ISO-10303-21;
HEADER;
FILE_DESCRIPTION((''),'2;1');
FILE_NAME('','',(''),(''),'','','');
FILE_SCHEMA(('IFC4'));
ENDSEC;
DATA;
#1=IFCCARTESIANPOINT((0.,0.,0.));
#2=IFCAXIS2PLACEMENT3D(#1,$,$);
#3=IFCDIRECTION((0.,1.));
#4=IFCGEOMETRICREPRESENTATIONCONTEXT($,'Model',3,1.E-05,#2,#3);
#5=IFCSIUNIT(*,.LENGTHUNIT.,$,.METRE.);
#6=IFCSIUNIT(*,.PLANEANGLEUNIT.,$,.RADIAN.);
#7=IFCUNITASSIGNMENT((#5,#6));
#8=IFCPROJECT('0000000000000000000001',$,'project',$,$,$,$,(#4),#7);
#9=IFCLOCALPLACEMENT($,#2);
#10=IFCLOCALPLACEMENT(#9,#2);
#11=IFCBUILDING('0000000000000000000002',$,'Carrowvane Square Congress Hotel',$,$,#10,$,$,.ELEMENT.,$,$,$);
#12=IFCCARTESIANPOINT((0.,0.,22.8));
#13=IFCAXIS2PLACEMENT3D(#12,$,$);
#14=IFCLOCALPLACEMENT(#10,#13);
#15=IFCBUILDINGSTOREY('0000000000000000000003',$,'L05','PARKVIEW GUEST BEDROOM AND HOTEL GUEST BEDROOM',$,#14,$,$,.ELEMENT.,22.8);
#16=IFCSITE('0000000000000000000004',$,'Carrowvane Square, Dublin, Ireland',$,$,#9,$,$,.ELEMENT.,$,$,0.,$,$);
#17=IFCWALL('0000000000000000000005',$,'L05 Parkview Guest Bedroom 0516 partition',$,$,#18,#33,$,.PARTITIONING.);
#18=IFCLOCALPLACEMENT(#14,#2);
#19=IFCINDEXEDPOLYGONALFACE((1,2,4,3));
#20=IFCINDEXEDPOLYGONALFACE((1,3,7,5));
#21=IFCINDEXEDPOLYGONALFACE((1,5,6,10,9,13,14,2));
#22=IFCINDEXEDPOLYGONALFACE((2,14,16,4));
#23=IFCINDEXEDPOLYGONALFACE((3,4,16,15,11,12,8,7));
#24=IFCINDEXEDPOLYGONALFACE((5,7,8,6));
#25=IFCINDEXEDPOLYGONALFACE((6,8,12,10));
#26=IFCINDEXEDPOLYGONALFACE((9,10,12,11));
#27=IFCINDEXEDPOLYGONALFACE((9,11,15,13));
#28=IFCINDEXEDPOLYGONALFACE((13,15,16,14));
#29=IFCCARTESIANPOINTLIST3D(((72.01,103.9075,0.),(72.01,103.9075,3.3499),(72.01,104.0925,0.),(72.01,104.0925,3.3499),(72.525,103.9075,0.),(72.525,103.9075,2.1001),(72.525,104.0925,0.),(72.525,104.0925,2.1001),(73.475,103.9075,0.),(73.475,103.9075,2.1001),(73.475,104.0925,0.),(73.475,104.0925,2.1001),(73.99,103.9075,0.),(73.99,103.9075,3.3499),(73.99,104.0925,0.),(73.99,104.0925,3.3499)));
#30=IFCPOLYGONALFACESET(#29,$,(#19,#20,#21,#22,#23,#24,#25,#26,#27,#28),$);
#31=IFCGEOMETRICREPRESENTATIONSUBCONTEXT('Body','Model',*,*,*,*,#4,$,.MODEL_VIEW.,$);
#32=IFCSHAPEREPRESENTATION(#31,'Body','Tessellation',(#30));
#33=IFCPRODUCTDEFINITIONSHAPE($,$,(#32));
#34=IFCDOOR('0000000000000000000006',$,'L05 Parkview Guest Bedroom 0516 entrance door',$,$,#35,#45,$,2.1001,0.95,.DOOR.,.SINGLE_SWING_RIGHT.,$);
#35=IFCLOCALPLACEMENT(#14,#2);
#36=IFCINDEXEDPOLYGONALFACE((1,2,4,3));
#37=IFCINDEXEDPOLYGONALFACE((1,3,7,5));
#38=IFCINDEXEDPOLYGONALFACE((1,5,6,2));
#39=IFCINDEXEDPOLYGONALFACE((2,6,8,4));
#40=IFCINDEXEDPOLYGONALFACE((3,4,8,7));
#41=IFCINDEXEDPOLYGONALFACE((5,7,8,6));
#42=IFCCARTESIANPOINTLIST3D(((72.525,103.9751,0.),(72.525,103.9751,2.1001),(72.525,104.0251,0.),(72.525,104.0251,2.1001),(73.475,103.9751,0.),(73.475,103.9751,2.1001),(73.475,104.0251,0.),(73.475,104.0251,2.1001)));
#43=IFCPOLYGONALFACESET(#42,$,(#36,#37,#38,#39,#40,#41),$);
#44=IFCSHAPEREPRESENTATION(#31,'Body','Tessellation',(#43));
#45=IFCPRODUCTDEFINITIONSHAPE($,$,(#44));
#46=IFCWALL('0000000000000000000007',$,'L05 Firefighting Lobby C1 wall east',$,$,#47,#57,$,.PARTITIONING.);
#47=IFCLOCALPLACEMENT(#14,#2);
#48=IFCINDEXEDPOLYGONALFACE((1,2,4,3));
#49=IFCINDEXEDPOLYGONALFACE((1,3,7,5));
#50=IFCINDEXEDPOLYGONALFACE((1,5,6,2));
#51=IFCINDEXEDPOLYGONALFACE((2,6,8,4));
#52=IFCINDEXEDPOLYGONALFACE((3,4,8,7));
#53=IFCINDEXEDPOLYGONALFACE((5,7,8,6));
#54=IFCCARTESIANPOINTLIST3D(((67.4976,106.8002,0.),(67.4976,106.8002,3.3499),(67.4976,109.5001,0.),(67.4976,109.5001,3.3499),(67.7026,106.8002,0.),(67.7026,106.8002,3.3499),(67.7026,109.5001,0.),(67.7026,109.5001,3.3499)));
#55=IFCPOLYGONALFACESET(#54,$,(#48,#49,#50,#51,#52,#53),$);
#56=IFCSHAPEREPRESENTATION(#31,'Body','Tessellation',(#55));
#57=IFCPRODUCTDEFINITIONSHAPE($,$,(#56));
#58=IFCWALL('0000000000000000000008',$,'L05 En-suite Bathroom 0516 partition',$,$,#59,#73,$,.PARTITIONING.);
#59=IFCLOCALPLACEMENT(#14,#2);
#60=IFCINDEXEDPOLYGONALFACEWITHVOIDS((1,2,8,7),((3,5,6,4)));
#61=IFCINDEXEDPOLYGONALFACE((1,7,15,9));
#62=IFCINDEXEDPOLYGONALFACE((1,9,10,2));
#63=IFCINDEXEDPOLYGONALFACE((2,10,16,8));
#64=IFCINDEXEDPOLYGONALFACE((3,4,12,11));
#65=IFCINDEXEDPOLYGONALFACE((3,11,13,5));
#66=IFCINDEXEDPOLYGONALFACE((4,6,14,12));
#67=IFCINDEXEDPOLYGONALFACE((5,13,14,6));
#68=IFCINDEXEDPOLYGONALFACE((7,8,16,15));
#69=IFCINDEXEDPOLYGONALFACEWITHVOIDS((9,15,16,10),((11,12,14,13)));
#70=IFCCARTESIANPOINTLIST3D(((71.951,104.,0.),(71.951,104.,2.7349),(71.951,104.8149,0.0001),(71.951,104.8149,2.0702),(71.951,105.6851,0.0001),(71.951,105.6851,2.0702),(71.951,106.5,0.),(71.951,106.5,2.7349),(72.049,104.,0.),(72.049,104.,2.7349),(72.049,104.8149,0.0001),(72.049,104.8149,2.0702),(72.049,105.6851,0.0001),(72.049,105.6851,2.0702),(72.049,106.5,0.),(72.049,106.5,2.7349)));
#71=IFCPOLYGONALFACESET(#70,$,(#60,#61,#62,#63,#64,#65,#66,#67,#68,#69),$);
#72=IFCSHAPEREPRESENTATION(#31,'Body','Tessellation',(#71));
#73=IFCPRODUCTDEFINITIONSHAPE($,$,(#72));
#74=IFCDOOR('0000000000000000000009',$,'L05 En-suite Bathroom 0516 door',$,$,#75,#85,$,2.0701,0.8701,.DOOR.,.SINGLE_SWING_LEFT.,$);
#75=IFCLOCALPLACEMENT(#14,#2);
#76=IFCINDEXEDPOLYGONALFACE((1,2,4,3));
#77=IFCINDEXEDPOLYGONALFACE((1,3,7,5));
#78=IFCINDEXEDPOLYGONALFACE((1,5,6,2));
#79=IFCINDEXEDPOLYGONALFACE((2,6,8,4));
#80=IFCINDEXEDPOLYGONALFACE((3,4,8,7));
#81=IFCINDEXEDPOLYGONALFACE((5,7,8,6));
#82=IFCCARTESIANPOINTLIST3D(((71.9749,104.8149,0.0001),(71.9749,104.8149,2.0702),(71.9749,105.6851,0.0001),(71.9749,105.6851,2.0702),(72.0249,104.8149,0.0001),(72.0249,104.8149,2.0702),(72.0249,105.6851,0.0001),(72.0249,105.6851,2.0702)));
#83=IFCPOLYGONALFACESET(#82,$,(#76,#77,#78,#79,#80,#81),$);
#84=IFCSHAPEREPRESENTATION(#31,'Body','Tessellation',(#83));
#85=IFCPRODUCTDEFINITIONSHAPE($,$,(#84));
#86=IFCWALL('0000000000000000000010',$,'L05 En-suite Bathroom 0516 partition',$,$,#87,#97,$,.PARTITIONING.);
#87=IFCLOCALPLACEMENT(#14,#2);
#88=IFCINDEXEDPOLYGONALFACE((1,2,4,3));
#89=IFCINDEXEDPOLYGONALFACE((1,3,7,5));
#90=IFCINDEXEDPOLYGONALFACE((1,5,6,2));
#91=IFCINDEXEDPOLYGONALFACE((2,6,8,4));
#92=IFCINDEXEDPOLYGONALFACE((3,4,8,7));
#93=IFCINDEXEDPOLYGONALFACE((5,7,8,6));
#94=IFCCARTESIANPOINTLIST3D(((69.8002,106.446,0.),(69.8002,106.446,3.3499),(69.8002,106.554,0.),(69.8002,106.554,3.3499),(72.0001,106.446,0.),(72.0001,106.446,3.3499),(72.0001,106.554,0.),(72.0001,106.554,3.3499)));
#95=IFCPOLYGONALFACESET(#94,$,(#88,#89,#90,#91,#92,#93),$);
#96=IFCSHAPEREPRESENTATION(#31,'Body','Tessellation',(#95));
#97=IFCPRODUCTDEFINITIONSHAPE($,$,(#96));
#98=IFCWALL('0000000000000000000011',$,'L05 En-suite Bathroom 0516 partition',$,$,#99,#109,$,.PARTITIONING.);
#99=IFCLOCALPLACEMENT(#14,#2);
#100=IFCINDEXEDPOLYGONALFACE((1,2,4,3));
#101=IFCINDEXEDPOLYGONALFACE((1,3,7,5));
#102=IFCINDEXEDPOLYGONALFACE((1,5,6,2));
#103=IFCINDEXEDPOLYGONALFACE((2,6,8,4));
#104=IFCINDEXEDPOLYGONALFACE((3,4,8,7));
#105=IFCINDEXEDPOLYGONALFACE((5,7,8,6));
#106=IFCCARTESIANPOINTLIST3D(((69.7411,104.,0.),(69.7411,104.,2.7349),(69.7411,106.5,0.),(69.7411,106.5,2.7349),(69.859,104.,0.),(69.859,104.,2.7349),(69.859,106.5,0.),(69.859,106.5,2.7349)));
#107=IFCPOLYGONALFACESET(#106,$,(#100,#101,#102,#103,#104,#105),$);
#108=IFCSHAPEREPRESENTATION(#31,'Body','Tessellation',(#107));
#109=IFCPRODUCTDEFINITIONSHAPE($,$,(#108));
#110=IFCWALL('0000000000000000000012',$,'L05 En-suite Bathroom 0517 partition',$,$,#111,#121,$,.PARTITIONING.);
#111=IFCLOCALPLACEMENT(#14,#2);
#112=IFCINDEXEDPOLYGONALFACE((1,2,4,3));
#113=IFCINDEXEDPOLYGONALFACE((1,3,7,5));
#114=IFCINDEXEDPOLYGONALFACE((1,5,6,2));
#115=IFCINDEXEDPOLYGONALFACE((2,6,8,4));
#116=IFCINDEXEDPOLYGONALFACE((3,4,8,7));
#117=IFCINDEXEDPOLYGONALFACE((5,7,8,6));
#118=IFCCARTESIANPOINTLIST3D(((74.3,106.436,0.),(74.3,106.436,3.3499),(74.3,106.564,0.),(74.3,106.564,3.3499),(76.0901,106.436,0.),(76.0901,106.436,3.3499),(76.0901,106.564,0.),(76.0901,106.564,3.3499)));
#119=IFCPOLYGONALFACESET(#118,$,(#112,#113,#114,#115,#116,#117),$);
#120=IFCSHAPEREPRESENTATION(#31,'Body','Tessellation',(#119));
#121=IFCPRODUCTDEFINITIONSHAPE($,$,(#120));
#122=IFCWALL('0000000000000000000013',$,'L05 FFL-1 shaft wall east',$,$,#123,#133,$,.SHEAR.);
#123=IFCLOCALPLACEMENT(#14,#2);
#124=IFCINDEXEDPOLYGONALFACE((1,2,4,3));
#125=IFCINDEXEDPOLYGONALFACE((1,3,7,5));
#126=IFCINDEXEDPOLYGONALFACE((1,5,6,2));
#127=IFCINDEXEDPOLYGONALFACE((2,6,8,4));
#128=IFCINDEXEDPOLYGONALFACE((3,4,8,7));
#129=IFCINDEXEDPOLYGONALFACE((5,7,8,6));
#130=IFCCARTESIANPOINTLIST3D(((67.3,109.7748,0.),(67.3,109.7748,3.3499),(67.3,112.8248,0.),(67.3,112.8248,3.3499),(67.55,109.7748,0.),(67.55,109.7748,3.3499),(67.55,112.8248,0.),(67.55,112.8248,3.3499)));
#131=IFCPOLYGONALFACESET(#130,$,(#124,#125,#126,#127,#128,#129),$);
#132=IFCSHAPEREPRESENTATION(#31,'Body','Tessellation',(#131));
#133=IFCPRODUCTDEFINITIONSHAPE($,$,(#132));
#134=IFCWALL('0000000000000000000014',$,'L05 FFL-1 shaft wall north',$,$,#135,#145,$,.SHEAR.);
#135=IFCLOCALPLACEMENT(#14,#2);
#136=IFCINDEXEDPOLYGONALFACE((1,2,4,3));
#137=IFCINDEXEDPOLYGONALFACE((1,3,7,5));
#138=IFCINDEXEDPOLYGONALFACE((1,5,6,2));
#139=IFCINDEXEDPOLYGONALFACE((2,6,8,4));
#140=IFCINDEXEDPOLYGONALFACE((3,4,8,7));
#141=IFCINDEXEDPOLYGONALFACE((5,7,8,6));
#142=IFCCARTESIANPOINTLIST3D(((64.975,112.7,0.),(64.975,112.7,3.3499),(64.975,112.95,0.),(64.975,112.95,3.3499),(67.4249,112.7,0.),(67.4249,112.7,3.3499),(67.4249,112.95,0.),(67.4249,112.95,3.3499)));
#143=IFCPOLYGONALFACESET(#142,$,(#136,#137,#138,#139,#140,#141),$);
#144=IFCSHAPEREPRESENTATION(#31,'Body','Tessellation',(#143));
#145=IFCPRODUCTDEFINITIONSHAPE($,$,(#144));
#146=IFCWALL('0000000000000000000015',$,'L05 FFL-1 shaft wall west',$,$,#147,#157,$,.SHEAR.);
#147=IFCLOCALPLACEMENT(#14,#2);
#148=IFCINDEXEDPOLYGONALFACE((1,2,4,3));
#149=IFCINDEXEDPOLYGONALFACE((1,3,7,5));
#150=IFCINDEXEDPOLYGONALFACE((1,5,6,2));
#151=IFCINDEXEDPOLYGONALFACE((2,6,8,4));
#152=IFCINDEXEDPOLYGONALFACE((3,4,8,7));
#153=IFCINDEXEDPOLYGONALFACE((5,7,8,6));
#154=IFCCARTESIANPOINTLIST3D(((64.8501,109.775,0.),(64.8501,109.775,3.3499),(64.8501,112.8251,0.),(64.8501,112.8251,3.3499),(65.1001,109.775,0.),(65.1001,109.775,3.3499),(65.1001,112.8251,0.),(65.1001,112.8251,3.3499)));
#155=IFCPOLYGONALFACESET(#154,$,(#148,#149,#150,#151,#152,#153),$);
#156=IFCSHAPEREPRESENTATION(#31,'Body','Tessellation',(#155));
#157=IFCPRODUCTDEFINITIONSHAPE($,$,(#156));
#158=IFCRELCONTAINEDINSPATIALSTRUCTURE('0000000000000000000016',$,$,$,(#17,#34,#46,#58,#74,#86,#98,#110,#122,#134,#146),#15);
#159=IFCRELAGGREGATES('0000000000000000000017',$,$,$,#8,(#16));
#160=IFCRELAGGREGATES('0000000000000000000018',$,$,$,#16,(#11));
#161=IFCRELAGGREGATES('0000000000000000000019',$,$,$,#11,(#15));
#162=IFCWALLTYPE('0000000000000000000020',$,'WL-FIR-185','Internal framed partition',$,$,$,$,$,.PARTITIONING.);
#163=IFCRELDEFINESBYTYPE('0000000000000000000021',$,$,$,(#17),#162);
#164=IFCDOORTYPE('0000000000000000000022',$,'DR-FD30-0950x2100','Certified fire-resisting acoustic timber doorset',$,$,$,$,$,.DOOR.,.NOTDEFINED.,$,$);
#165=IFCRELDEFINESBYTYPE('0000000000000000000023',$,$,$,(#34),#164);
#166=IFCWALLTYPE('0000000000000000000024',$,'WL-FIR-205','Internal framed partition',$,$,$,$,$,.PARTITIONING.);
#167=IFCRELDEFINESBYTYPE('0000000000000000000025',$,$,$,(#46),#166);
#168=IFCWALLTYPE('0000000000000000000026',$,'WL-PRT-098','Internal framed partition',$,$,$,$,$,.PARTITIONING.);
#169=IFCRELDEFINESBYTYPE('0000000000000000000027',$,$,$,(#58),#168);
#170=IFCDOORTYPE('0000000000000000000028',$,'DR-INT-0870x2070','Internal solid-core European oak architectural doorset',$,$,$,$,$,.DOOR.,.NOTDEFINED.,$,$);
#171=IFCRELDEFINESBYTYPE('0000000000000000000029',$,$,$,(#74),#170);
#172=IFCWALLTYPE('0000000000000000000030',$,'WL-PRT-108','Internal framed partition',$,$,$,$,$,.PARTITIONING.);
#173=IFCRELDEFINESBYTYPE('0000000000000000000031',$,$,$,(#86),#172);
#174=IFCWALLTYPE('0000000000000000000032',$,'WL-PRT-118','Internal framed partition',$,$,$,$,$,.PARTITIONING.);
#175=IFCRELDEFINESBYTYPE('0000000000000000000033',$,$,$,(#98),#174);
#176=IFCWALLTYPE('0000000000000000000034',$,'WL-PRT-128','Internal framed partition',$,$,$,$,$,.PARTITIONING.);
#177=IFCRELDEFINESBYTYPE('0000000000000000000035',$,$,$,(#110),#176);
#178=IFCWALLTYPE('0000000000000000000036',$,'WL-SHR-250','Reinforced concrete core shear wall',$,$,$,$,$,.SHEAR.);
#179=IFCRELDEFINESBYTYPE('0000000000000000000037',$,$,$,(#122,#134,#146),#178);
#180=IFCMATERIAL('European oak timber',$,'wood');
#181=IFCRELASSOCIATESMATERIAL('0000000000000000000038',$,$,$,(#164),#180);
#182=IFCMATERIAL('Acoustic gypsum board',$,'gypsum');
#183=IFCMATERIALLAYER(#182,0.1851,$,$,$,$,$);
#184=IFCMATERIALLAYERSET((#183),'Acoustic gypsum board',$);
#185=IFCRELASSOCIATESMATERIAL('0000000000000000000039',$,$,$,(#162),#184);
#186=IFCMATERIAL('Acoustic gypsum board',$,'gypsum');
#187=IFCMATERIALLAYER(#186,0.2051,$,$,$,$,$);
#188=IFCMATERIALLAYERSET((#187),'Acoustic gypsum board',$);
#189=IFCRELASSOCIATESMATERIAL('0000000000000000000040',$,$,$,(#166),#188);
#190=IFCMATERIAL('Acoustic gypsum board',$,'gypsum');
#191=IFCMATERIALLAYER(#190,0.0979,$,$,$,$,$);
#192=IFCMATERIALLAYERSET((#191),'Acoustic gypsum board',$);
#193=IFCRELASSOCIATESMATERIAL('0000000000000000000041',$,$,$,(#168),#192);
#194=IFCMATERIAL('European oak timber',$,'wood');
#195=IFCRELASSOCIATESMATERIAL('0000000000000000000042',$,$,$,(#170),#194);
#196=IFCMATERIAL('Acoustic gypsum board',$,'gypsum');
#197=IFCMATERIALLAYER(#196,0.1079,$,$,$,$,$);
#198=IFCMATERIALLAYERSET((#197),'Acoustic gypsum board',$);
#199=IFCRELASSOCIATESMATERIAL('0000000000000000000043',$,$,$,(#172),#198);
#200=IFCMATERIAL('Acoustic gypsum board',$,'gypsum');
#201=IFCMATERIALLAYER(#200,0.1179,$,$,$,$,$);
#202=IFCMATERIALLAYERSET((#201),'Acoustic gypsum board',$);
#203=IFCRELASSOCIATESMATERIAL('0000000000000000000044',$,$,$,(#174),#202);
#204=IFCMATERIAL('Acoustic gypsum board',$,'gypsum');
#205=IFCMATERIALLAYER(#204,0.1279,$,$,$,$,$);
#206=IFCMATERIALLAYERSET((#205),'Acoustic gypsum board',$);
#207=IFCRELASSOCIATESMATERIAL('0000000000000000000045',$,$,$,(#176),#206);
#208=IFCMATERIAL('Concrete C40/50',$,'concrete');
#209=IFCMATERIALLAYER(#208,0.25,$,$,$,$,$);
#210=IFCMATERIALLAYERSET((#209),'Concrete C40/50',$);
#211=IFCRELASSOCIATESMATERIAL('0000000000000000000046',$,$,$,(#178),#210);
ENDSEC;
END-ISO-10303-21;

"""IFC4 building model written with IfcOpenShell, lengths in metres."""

from ifc_helpers import new_model, si_unit, direction, frame, frame_2d, origin, place, context, subcontext, project, spatial, rectangle, extrude, material, layer, layer_set, type_object, element, fill, save


model = new_model("IFC4")

# Units and contexts
model_context = context("Model", 3, precision=1e-05, world=origin(), true_north=direction((0.0, 1.0)))
body_context = subcontext(model_context, "Body", "Model", "MODEL_VIEW")
ifc_project = project(units=[si_unit("LENGTHUNIT", "METRE"), si_unit("PLANEANGLEUNIT", "RADIAN")], contexts=[model_context])

# Site, building, storey
site_placement = place(None, origin())
site = spatial("IfcSite", under=ifc_project, at=site_placement, Name="Carrowvane Square, Dublin, Ireland", CompositionType="ELEMENT", RefElevation=0.0)
building_placement = place(site_placement, origin())
building = spatial("IfcBuilding", under=site, at=building_placement, Name="Carrowvane Square Congress Hotel", CompositionType="ELEMENT")
storey_placement = place(building_placement, frame((0.0, 0.0, 22.8)))
storey = spatial("IfcBuildingStorey", under=building, at=storey_placement, Name="L05", Description="PARKVIEW GUEST BEDROOM AND HOTEL GUEST BEDROOM", CompositionType="ELEMENT", Elevation=22.8)

# Shared definitions
ifc_material_1 = material(Name="European oak timber", Category="wood")
door_type_1 = type_object("IfcDoorType", Name="DR-FD30-0950x2100", Description="Certified fire-resisting acoustic timber doorset", OperationType="NOTDEFINED", PredefinedType="DOOR", material=ifc_material_1)

# Shared definitions
ifc_material_2 = material(Name="Acoustic gypsum board", Category="gypsum")
ifc_layer_1 = layer(ifc_material_2, 0.1851)
ifc_layer_set_1 = layer_set([ifc_layer_1], Name="Acoustic gypsum board")
wall_type_1 = type_object("IfcWallType", Name="WL-FIR-185", Description="Internal framed partition", PredefinedType="PARTITIONING", material=ifc_layer_set_1)

# Wall, opening, door
wall_1_placement = place(storey_placement, frame((73.99, 104.0, 0.0), z_axis=(0.0, 0.0, 1.0), x_axis=(-1.0, 0.0, 0.0)))
wall_1 = element("IfcWall", 1, at=wall_1_placement, inside=storey, type_object=wall_type_1, Name="L05 Parkview Guest Bedroom 0516 partition", PredefinedType="PARTITIONING", context=body_context, shape_type="SweptSolid", body=[
    extrude(rectangle(XDim=1.98, YDim=0.1851, at=frame_2d((0.99, 0.0))), origin(), (0.0, 0.0, 1.0), 3.3499),
])
opening_1_placement = place(wall_1_placement, frame((0.5149, 0.0, 0.0)))
opening_1 = element("IfcOpeningElement", 2, at=opening_1_placement, cuts=wall_1, PredefinedType="OPENING", context=body_context, shape_type="SweptSolid", body=[
    extrude(rectangle(XDim=0.95, YDim=2.1001, at=frame_2d((0.4751, 1.05))), frame((0.0, 0.1025, 0.0), z_axis=(0.0, -1.0, 0.0), x_axis=(1.0, 0.0, 0.0)), (0.0, 0.0, 1.0), 0.2051),
])
door_1_placement = place(opening_1_placement, origin())
door_1 = element("IfcDoor", 3, at=door_1_placement, inside=storey, type_object=door_type_1, Name="L05 Parkview Guest Bedroom 0516 entrance door", OperationType="SINGLE_SWING_RIGHT", OverallHeight=2.1001, OverallWidth=0.95, PredefinedType="DOOR", context=body_context, shape_type="SweptSolid", body=[
    extrude(rectangle(XDim=0.95, YDim=2.1001, at=frame_2d((0.4751, 1.05))), frame((0.0, 0.0249, 0.0), z_axis=(0.0, -1.0, 0.0), x_axis=(1.0, 0.0, 0.0)), (0.0, 0.0, 1.0), 0.05),
])
fill(opening_1, door_1)

# Wall
ifc_material_3 = material(Name="Acoustic gypsum board", Category="gypsum")
ifc_layer_2 = layer(ifc_material_3, 0.2051)
ifc_layer_set_2 = layer_set([ifc_layer_2], Name="Acoustic gypsum board")
wall_type_2 = type_object("IfcWallType", Name="WL-FIR-205", Description="Internal framed partition", PredefinedType="PARTITIONING", material=ifc_layer_set_2)
wall_2_placement = place(storey_placement, frame((67.6001, 106.8, 0.0), z_axis=(0.0, 0.0, 1.0), x_axis=(0.0, 1.0, 0.0)))
element("IfcWall", 4, at=wall_2_placement, inside=storey, type_object=wall_type_2, Name="L05 Firefighting Lobby C1 wall east", PredefinedType="PARTITIONING", context=body_context, shape_type="SweptSolid", body=[
    extrude(rectangle(XDim=2.7, YDim=0.2051, at=frame_2d((1.3501, 0.0))), origin(), (0.0, 0.0, 1.0), 3.3499),
])

# Wall, opening, door
ifc_material_4 = material(Name="Acoustic gypsum board", Category="gypsum")
ifc_layer_3 = layer(ifc_material_4, 0.0979)
ifc_layer_set_3 = layer_set([ifc_layer_3], Name="Acoustic gypsum board")
wall_type_3 = type_object("IfcWallType", Name="WL-PRT-098", Description="Internal framed partition", PredefinedType="PARTITIONING", material=ifc_layer_set_3)
wall_3_placement = place(storey_placement, frame((72.0, 106.5, 0.0), z_axis=(0.0, 0.0, 1.0), x_axis=(0.0, -1.0, 0.0)))
wall_3 = element("IfcWall", 5, at=wall_3_placement, inside=storey, type_object=wall_type_3, Name="L05 En-suite Bathroom 0516 partition", PredefinedType="PARTITIONING", context=body_context, shape_type="SweptSolid", body=[
    extrude(rectangle(XDim=2.5, YDim=0.0979, at=frame_2d((1.25, 0.0))), origin(), (0.0, 0.0, 1.0), 2.7349),
])
opening_2_placement = place(wall_3_placement, frame((0.8149, 0.0, 0.0)))
opening_2 = element("IfcOpeningElement", 6, at=opening_2_placement, cuts=wall_3, PredefinedType="OPENING", context=body_context, shape_type="SweptSolid", body=[
    extrude(rectangle(XDim=0.8701, YDim=2.0701, at=frame_2d((0.4351, 1.0352))), frame((0.0, 0.0588, 0.0), z_axis=(0.0, -1.0, 0.0), x_axis=(1.0, 0.0, 0.0)), (0.0, 0.0, 1.0), 0.1179),
])
ifc_material_5 = material(Name="European oak timber", Category="wood")
door_type_2 = type_object("IfcDoorType", Name="DR-INT-0870x2070", Description="Internal solid-core European oak architectural doorset", OperationType="NOTDEFINED", PredefinedType="DOOR", material=ifc_material_5)
door_2_placement = place(opening_2_placement, origin())
door_2 = element("IfcDoor", 7, at=door_2_placement, inside=storey, type_object=door_type_2, Name="L05 En-suite Bathroom 0516 door", OperationType="SINGLE_SWING_LEFT", OverallHeight=2.0701, OverallWidth=0.8701, PredefinedType="DOOR", context=body_context, shape_type="SweptSolid", body=[
    extrude(rectangle(XDim=0.8701, YDim=2.0701, at=frame_2d((0.4351, 1.0352))), frame((0.0, 0.0249, 0.0), z_axis=(0.0, -1.0, 0.0), x_axis=(1.0, 0.0, 0.0)), (0.0, 0.0, 1.0), 0.05),
])
fill(opening_2, door_2)

# Walls
ifc_material_6 = material(Name="Acoustic gypsum board", Category="gypsum")
ifc_layer_4 = layer(ifc_material_6, 0.1079)
ifc_layer_set_4 = layer_set([ifc_layer_4], Name="Acoustic gypsum board")
wall_type_4 = type_object("IfcWallType", Name="WL-PRT-108", Description="Internal framed partition", PredefinedType="PARTITIONING", material=ifc_layer_set_4)
wall_4_placement = place(storey_placement, frame((69.8, 106.5, 0.0), z_axis=(0.0, 0.0, 1.0), x_axis=(1.0, 0.0, 0.0)))
element("IfcWall", 8, at=wall_4_placement, inside=storey, type_object=wall_type_4, Name="L05 En-suite Bathroom 0516 partition", PredefinedType="PARTITIONING", context=body_context, shape_type="SweptSolid", body=[
    extrude(rectangle(XDim=2.2, YDim=0.1079, at=frame_2d((1.1001, 0.0))), origin(), (0.0, 0.0, 1.0), 3.3499),
])
ifc_material_7 = material(Name="Acoustic gypsum board", Category="gypsum")
ifc_layer_5 = layer(ifc_material_7, 0.1179)
ifc_layer_set_5 = layer_set([ifc_layer_5], Name="Acoustic gypsum board")
wall_type_5 = type_object("IfcWallType", Name="WL-PRT-118", Description="Internal framed partition", PredefinedType="PARTITIONING", material=ifc_layer_set_5)
wall_5_placement = place(storey_placement, frame((69.8, 104.0, 0.0), z_axis=(0.0, 0.0, 1.0), x_axis=(0.0, 1.0, 0.0)))
element("IfcWall", 9, at=wall_5_placement, inside=storey, type_object=wall_type_5, Name="L05 En-suite Bathroom 0516 partition", PredefinedType="PARTITIONING", context=body_context, shape_type="SweptSolid", body=[
    extrude(rectangle(XDim=2.5, YDim=0.1179, at=frame_2d((1.25, 0.0))), origin(), (0.0, 0.0, 1.0), 2.7349),
])
ifc_material_8 = material(Name="Acoustic gypsum board", Category="gypsum")
ifc_layer_6 = layer(ifc_material_8, 0.1279)
ifc_layer_set_6 = layer_set([ifc_layer_6], Name="Acoustic gypsum board")
wall_type_6 = type_object("IfcWallType", Name="WL-PRT-128", Description="Internal framed partition", PredefinedType="PARTITIONING", material=ifc_layer_set_6)
wall_6_placement = place(storey_placement, frame((74.3, 106.5, 0.0), z_axis=(0.0, 0.0, 1.0), x_axis=(1.0, 0.0, 0.0)))
element("IfcWall", 10, at=wall_6_placement, inside=storey, type_object=wall_type_6, Name="L05 En-suite Bathroom 0517 partition", PredefinedType="PARTITIONING", context=body_context, shape_type="SweptSolid", body=[
    extrude(rectangle(XDim=1.79, YDim=0.1279, at=frame_2d((0.895, 0.0))), origin(), (0.0, 0.0, 1.0), 3.3499),
])
ifc_material_9 = material(Name="Concrete C40/50", Category="concrete")
ifc_layer_7 = layer(ifc_material_9, 0.25)
ifc_layer_set_7 = layer_set([ifc_layer_7], Name="Concrete C40/50")
wall_type_7 = type_object("IfcWallType", Name="WL-SHR-250", Description="Reinforced concrete core shear wall", PredefinedType="SHEAR", material=ifc_layer_set_7)
wall_7_placement = place(storey_placement, frame((67.425, 109.7749, 0.0), z_axis=(0.0, 0.0, 1.0), x_axis=(0.0, 1.0, 0.0)))
element("IfcWall", 11, at=wall_7_placement, inside=storey, type_object=wall_type_7, Name="L05 FFL-1 shaft wall east", PredefinedType="SHEAR", context=body_context, shape_type="SweptSolid", body=[
    extrude(rectangle(XDim=3.05, YDim=0.25, at=frame_2d((1.5249, 0.0))), origin(), (0.0, 0.0, 1.0), 3.3499),
])
wall_8_placement = place(storey_placement, frame((67.425, 112.825, 0.0), z_axis=(0.0, 0.0, 1.0), x_axis=(-1.0, 0.0, 0.0)))
element("IfcWall", 12, at=wall_8_placement, inside=storey, type_object=wall_type_7, Name="L05 FFL-1 shaft wall north", PredefinedType="SHEAR", context=body_context, shape_type="SweptSolid", body=[
    extrude(rectangle(XDim=2.45, YDim=0.25, at=frame_2d((1.2251, 0.0))), origin(), (0.0, 0.0, 1.0), 3.3499),
])
wall_9_placement = place(storey_placement, frame((64.9751, 112.825, 0.0), z_axis=(0.0, 0.0, 1.0), x_axis=(0.0, -1.0, 0.0)))
element("IfcWall", 13, at=wall_9_placement, inside=storey, type_object=wall_type_7, Name="L05 FFL-1 shaft wall west", PredefinedType="SHEAR", context=body_context, shape_type="SweptSolid", body=[
    extrude(rectangle(XDim=3.05, YDim=0.25, at=frame_2d((1.5249, 0.0))), origin(), (0.0, 0.0, 1.0), 3.3499),
])

save(model, "model.ifc")
